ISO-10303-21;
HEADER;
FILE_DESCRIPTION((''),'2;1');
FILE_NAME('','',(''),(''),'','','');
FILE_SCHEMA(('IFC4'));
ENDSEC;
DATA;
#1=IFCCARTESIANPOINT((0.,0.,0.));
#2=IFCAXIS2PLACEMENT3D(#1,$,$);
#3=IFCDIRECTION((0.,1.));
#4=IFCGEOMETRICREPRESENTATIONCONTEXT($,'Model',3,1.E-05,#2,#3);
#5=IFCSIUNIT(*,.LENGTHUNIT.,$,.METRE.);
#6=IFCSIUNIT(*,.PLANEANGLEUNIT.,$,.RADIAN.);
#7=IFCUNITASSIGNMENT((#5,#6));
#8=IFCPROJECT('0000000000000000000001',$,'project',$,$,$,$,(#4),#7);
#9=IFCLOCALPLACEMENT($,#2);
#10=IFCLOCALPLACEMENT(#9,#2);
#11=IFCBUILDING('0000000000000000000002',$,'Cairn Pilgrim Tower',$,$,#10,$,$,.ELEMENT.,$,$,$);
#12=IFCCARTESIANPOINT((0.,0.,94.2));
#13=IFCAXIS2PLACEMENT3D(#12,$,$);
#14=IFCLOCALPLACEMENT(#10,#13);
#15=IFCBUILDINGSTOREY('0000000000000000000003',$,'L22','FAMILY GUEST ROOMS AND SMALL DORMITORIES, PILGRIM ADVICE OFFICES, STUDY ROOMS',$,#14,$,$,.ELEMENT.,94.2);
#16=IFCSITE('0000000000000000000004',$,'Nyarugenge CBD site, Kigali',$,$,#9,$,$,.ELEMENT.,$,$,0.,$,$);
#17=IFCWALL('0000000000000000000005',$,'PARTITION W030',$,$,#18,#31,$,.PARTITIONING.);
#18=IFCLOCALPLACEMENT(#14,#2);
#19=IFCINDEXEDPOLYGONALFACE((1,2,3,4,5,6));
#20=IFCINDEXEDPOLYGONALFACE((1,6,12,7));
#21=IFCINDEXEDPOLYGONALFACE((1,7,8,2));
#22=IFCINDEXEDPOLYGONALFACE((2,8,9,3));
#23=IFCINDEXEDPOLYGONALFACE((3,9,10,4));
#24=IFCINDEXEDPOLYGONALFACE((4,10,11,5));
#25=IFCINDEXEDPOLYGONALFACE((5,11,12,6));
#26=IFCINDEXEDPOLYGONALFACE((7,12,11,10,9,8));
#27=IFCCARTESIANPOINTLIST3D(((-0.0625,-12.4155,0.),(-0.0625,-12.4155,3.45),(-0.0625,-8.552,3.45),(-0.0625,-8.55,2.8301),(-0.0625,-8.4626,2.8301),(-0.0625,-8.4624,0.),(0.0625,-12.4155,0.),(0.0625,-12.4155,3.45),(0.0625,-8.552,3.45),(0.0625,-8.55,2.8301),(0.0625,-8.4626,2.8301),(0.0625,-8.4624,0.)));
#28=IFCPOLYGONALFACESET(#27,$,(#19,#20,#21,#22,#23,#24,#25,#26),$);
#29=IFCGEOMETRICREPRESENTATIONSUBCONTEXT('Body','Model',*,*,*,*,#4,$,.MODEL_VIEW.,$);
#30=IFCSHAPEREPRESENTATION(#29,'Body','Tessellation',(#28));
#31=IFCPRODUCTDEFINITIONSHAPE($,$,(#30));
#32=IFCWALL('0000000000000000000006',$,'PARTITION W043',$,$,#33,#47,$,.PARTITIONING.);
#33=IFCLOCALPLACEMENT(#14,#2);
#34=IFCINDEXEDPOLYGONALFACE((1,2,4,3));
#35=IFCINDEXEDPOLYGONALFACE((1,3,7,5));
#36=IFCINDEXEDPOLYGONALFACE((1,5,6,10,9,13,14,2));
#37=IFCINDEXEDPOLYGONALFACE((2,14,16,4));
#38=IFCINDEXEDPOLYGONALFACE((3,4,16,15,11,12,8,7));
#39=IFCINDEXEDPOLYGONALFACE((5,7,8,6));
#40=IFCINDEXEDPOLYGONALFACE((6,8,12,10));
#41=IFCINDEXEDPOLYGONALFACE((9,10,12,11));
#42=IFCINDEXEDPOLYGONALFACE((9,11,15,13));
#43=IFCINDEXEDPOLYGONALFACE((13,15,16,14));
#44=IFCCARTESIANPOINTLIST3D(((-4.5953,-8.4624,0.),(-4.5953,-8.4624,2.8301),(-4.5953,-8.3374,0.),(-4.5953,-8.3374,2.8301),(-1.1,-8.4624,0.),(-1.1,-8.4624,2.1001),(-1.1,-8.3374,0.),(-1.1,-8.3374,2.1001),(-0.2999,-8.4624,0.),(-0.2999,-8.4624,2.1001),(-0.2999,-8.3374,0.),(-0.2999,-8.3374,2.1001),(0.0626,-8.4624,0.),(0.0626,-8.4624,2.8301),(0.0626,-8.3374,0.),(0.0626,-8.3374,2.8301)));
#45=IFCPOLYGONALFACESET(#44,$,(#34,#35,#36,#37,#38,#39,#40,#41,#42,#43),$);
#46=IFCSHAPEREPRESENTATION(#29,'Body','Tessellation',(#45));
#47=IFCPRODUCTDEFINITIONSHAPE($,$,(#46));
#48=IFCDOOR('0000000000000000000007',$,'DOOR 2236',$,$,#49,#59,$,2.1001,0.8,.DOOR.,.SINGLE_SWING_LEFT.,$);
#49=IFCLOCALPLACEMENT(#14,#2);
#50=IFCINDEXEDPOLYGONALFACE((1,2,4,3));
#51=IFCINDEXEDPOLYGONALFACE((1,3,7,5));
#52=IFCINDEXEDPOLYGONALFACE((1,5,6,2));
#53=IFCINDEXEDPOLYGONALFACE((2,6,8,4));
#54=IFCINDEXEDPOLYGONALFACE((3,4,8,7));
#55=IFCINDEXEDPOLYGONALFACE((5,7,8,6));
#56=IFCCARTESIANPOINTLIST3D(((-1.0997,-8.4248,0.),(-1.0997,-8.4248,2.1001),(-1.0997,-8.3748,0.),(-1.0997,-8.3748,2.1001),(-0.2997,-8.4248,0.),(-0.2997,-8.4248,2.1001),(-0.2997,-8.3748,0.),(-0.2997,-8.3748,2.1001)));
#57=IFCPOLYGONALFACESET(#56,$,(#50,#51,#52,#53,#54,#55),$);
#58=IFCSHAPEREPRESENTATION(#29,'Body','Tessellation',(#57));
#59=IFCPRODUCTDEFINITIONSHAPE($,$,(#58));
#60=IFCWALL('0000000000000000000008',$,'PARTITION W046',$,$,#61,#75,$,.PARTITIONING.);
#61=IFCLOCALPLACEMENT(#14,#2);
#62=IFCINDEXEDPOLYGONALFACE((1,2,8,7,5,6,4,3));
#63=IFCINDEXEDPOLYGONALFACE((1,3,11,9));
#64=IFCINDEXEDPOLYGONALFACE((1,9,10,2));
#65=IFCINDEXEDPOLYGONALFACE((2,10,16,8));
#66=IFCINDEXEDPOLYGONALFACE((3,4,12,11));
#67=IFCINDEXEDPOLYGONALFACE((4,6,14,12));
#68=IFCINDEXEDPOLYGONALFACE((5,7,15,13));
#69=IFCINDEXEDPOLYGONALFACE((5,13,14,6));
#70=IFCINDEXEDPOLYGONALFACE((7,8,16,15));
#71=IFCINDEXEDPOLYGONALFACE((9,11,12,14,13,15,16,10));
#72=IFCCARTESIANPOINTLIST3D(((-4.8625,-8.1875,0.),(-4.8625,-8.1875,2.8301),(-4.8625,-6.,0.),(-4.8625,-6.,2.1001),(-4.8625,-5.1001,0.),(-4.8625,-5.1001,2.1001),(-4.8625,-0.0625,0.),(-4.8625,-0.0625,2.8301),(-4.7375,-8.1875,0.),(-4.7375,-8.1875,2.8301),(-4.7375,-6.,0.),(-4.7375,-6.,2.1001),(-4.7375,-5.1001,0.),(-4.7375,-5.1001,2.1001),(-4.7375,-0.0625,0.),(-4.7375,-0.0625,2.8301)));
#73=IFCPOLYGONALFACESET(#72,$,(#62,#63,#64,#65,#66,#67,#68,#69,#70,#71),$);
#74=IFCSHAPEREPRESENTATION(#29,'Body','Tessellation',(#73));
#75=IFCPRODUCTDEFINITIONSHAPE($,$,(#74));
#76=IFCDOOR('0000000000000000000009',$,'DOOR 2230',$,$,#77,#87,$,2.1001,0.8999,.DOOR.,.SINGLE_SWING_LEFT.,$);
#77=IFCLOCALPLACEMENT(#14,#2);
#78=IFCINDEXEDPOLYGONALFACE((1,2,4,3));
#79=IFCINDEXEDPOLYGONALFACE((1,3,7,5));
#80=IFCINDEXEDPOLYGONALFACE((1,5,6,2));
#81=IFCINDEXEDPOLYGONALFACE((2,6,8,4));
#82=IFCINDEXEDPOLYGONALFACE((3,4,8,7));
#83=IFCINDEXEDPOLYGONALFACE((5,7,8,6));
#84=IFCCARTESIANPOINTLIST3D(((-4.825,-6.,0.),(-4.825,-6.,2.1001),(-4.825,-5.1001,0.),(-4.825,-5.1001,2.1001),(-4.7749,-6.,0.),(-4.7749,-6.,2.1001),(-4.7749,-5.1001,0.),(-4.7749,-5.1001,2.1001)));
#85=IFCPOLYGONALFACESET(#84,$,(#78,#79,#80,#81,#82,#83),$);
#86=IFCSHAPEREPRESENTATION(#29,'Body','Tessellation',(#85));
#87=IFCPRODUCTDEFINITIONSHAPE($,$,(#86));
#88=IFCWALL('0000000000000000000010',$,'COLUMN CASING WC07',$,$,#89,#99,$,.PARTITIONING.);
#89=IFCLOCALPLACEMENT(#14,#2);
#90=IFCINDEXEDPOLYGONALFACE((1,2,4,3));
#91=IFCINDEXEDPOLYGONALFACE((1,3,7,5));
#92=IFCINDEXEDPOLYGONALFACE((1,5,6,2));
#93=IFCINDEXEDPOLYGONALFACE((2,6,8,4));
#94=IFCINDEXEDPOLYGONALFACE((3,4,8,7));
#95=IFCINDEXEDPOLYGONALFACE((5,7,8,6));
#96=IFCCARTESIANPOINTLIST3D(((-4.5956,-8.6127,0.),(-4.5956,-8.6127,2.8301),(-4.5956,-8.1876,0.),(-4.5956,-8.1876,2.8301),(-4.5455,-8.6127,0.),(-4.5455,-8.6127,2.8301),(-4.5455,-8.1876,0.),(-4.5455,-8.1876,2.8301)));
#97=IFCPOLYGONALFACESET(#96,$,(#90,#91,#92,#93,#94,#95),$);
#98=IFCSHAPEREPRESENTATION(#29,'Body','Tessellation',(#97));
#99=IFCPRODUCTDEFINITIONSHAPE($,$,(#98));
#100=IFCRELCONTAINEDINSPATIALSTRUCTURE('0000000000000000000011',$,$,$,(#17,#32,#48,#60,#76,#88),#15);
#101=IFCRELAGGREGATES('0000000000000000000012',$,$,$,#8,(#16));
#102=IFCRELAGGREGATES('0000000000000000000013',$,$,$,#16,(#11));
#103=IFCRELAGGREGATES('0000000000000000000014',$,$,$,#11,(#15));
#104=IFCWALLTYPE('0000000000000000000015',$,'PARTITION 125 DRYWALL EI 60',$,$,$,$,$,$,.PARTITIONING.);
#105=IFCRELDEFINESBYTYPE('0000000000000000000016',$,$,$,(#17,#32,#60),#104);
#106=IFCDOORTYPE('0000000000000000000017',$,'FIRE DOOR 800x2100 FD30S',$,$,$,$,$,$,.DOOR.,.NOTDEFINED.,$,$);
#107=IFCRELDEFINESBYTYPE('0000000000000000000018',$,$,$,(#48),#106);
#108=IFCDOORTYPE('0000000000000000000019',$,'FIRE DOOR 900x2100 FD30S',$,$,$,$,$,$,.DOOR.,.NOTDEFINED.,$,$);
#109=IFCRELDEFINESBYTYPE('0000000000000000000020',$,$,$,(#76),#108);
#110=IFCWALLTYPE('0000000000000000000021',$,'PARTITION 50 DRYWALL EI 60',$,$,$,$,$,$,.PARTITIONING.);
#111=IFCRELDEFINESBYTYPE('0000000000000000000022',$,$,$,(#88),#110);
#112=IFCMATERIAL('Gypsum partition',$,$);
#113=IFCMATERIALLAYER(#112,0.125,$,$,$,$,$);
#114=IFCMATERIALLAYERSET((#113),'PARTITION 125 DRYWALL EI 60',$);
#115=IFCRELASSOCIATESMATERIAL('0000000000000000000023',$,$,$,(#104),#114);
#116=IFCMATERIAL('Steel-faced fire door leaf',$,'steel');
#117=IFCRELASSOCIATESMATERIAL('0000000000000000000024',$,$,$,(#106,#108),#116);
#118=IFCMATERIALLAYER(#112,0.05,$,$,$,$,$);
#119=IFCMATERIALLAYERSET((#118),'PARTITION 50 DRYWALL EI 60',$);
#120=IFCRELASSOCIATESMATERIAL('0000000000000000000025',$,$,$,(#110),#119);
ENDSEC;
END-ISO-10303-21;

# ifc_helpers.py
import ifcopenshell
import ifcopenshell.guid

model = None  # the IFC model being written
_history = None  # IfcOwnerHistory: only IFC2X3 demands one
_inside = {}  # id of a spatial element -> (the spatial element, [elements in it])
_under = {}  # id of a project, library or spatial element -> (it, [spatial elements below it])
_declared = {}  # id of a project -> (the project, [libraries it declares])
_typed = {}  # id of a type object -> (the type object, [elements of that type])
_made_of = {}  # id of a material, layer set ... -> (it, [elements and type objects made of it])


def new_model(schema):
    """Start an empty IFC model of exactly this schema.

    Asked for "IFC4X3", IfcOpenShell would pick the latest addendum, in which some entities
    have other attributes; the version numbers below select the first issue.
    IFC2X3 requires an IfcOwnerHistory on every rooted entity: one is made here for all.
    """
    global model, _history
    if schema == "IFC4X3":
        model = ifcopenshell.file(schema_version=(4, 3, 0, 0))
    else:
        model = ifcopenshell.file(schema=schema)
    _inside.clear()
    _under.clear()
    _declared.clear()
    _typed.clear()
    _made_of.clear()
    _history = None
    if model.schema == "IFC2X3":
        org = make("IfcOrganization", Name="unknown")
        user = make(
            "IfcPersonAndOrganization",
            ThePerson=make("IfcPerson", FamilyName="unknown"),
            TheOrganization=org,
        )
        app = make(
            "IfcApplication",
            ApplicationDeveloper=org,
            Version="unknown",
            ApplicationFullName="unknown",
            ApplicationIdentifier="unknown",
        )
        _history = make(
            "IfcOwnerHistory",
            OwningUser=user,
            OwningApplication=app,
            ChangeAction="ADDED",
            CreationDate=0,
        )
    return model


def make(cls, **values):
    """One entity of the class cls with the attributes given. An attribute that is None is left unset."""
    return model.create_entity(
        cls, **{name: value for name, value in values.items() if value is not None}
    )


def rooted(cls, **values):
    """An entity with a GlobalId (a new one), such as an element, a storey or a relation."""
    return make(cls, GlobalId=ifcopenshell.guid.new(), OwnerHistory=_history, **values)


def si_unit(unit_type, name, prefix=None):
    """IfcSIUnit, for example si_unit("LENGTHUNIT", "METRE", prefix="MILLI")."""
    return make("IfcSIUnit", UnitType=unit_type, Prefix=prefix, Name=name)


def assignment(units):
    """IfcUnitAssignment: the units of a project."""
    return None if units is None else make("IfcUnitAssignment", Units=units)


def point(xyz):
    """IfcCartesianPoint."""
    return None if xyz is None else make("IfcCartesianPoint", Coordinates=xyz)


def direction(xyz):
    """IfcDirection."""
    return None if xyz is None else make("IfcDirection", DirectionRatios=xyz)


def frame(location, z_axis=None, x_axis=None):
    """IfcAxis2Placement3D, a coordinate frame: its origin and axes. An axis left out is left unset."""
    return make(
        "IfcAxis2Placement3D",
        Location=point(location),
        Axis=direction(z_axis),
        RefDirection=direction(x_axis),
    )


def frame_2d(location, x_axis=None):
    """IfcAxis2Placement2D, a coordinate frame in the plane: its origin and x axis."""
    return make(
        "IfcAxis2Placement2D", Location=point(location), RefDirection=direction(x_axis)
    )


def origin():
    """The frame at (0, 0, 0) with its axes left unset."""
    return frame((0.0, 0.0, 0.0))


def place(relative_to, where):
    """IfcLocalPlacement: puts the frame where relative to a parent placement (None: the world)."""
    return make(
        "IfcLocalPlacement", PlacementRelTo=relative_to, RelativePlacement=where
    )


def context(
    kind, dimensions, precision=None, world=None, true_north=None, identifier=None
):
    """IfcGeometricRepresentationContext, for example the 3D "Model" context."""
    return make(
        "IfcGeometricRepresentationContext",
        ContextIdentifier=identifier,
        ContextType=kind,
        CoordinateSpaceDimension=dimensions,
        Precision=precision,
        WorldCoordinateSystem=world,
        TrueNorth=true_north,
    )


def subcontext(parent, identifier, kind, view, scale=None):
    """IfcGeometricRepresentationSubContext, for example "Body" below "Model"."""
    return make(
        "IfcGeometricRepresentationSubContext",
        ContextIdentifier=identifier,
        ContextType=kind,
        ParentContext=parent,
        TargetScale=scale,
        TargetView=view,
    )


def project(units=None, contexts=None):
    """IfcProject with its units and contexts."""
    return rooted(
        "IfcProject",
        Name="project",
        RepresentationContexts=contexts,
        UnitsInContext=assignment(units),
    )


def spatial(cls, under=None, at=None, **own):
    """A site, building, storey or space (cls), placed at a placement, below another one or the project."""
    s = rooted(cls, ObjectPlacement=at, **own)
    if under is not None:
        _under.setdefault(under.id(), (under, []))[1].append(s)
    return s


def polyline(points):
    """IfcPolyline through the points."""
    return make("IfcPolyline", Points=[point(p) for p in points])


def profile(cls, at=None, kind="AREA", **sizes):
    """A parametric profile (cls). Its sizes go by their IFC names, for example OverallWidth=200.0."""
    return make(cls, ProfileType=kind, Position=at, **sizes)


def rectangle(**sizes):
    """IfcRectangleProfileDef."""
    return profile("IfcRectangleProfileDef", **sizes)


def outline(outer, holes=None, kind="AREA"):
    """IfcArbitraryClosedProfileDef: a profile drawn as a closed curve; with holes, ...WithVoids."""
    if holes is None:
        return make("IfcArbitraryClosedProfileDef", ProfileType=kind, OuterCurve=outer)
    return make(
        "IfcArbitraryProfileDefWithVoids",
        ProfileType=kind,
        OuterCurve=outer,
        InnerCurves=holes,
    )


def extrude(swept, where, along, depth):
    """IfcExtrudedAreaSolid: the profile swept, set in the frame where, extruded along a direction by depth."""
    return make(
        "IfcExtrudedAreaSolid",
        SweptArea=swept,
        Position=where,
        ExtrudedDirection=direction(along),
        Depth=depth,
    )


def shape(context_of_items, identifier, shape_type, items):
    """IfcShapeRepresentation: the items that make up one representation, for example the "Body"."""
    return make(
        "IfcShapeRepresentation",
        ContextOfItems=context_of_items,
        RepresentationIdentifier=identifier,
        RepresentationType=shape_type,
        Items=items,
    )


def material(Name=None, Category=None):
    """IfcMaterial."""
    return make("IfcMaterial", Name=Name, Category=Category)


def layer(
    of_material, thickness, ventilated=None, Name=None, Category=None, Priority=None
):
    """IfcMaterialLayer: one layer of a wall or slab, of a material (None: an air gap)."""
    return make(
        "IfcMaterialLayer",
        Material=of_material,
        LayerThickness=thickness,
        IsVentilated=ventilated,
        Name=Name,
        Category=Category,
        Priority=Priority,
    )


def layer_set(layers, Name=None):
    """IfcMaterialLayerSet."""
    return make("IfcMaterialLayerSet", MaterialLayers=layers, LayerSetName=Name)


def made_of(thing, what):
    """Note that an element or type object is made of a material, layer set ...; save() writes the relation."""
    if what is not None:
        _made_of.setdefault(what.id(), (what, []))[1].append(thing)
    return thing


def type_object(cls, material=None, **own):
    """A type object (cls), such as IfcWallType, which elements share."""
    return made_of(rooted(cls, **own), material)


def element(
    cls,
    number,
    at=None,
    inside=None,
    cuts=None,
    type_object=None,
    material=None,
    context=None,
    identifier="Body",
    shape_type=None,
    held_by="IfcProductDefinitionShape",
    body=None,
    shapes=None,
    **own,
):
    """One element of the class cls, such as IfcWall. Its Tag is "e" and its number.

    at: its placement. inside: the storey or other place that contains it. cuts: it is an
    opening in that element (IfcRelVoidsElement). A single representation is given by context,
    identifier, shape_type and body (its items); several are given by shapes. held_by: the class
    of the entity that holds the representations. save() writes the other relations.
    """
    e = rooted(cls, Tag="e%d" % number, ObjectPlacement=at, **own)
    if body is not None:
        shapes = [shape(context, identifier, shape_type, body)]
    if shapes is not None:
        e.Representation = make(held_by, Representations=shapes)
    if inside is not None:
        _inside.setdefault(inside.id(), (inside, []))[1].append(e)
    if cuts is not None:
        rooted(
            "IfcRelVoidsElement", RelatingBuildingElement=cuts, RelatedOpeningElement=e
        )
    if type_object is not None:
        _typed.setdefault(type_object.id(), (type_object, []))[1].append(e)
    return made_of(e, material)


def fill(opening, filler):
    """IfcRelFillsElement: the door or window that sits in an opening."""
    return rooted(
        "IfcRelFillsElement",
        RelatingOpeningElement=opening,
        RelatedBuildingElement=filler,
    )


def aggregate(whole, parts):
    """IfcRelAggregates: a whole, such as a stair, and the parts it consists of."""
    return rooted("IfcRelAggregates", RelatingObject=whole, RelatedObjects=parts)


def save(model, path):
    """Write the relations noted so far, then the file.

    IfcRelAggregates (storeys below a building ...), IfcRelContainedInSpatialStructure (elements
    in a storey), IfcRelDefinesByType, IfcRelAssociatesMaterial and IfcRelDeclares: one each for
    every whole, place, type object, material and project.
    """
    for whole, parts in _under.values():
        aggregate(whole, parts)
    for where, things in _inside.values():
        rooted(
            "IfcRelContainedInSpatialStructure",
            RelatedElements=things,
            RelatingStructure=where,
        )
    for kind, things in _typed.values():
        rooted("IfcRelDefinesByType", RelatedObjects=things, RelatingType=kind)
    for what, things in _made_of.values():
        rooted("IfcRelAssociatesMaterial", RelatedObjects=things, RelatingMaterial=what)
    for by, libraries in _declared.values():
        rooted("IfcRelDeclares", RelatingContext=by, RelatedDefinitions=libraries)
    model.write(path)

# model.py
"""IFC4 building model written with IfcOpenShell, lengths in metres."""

from ifc_helpers import new_model, si_unit, direction, frame, frame_2d, origin, place, context, subcontext, project, spatial, polyline, rectangle, outline, extrude, material, layer, layer_set, type_object, element, fill, save


model = new_model("IFC4")

# Units and contexts
model_context = context("Model", 3, precision=1e-05, world=origin(), true_north=direction((0.0, 1.0)))
body_context = subcontext(model_context, "Body", "Model", "MODEL_VIEW")
ifc_project = project(units=[si_unit("LENGTHUNIT", "METRE"), si_unit("PLANEANGLEUNIT", "RADIAN")], contexts=[model_context])

# Site, building, storey
site_placement = place(None, origin())
site = spatial("IfcSite", under=ifc_project, at=site_placement, Name="Nyarugenge CBD site, Kigali", CompositionType="ELEMENT", RefElevation=0.0)
building_placement = place(site_placement, origin())
building = spatial("IfcBuilding", under=site, at=building_placement, Name="Cairn Pilgrim Tower", CompositionType="ELEMENT")
storey_placement = place(building_placement, frame((0.0, 0.0, 94.2)))
storey = spatial("IfcBuildingStorey", under=building, at=storey_placement, Name="L22", Description="FAMILY GUEST ROOMS AND SMALL DORMITORIES, PILGRIM ADVICE OFFICES, STUDY ROOMS", CompositionType="ELEMENT", Elevation=94.2)

# Wall
ifc_material_1 = material(Name="Gypsum partition")
ifc_layer_1 = layer(ifc_material_1, 0.125)
ifc_layer_set_1 = layer_set([ifc_layer_1], Name="PARTITION 125 DRYWALL EI 60")
wall_type_1 = type_object("IfcWallType", Name="PARTITION 125 DRYWALL EI 60", PredefinedType="PARTITIONING", material=ifc_layer_set_1)
wall_1_placement = place(storey_placement, frame((0.0, -12.4155, 0.0), z_axis=(0.0, 0.0, 1.0), x_axis=(0.0, 1.0, 0.0)))
element("IfcWall", 1, at=wall_1_placement, inside=storey, type_object=wall_type_1, Name="PARTITION W030", PredefinedType="PARTITIONING", context=body_context, shape_type="SweptSolid", body=[
    extrude(outline(polyline([(0.0, 0.0), (3.9531, 0.0), (3.9529, 2.8301), (3.8655, 2.8301), (3.8635, 3.45), (0.0, 3.45), (0.0, 0.0)])), frame((0.0, 0.0625, 0.0), z_axis=(0.0, -1.0, 0.0), x_axis=(1.0, 0.0, 0.0)), (0.0, 0.0, 1.0), 0.125),
])

# Walls, openings, doors
wall_2_placement = place(storey_placement, frame((-4.5955, -8.3999, 0.0), z_axis=(0.0, 0.0, 1.0), x_axis=(1.0, 0.0, 0.0)))
wall_2 = element("IfcWall", 2, at=wall_2_placement, inside=storey, type_object=wall_type_1, Name="PARTITION W043", PredefinedType="PARTITIONING", context=body_context, shape_type="SweptSolid", body=[
    extrude(rectangle(XDim=4.658, YDim=0.125, at=frame_2d((2.3291, 0.0))), origin(), (0.0, 0.0, 1.0), 2.8301),
])
opening_1_placement = place(wall_2_placement, frame((3.4956, 0.0, 0.0)))
opening_1 = element("IfcOpeningElement", 3, at=opening_1_placement, cuts=wall_2, PredefinedType="OPENING", context=body_context, shape_type="SweptSolid", body=[
    extrude(rectangle(XDim=0.8, YDim=2.1001, at=frame_2d((0.3999, 1.05))), frame((0.0, 0.0725, 0.0), z_axis=(0.0, -1.0, 0.0), x_axis=(1.0, 0.0, 0.0)), (0.0, 0.0, 1.0), 0.145),
])
ifc_material_2 = material(Name="Steel-faced fire door leaf", Category="steel")
door_type_1 = type_object("IfcDoorType", Name="FIRE DOOR 800x2100 FD30S", OperationType="NOTDEFINED", PredefinedType="DOOR", material=ifc_material_2)
door_1_placement = place(opening_1_placement, frame((0.8, 0.0, 0.0), z_axis=(0.0, 0.0, 1.0), x_axis=(-1.0, 0.0, 0.0)))
door_1 = element("IfcDoor", 4, at=door_1_placement, inside=storey, type_object=door_type_1, Name="DOOR 2236", OperationType="SINGLE_SWING_LEFT", OverallHeight=2.1001, OverallWidth=0.8, PredefinedType="DOOR", context=body_context, shape_type="SweptSolid", body=[
    extrude(rectangle(XDim=0.8, YDim=2.1001, at=frame_2d((0.3999, 1.05))), frame((0.0, 0.0249, 0.0), z_axis=(0.0, -1.0, 0.0), x_axis=(1.0, 0.0, 0.0)), (0.0, 0.0, 1.0), 0.05),
])
fill(opening_1, door_1)
wall_3_placement = place(storey_placement, frame((-4.8, -8.1875, 0.0), z_axis=(0.0, 0.0, 1.0), x_axis=(0.0, 1.0, 0.0)))
wall_3 = element("IfcWall", 5, at=wall_3_placement, inside=storey, type_object=wall_type_1, Name="PARTITION W046", PredefinedType="PARTITIONING", context=body_context, shape_type="SweptSolid", body=[
    extrude(rectangle(XDim=8.125, YDim=0.125, at=frame_2d((4.0625, 0.0))), origin(), (0.0, 0.0, 1.0), 2.8301),
])
opening_2_placement = place(wall_3_placement, frame((2.1875, 0.0, 0.0)))
opening_2 = element("IfcOpeningElement", 6, at=opening_2_placement, cuts=wall_3, PredefinedType="OPENING", context=body_context, shape_type="SweptSolid", body=[
    extrude(rectangle(XDim=0.8999, YDim=2.1001, at=frame_2d((0.45, 1.05))), frame((0.0, 0.0725, 0.0), z_axis=(0.0, -1.0, 0.0), x_axis=(1.0, 0.0, 0.0)), (0.0, 0.0, 1.0), 0.145),
])
door_type_2 = type_object("IfcDoorType", Name="FIRE DOOR 900x2100 FD30S", OperationType="NOTDEFINED", PredefinedType="DOOR", material=ifc_material_2)
door_2_placement = place(opening_2_placement, origin())
door_2 = element("IfcDoor", 7, at=door_2_placement, inside=storey, type_object=door_type_2, Name="DOOR 2230", OperationType="SINGLE_SWING_LEFT", OverallHeight=2.1001, OverallWidth=0.8999, PredefinedType="DOOR", context=body_context, shape_type="SweptSolid", body=[
    extrude(rectangle(XDim=0.8999, YDim=2.1001, at=frame_2d((0.45, 1.05))), frame((0.0, 0.0249, 0.0), z_axis=(0.0, -1.0, 0.0), x_axis=(1.0, 0.0, 0.0)), (0.0, 0.0, 1.0), 0.05),
])
fill(opening_2, door_2)

# Wall
ifc_layer_2 = layer(ifc_material_1, 0.05)
ifc_layer_set_2 = layer_set([ifc_layer_2], Name="PARTITION 50 DRYWALL EI 60")
wall_type_2 = type_object("IfcWallType", Name="PARTITION 50 DRYWALL EI 60", PredefinedType="PARTITIONING", material=ifc_layer_set_2)
wall_4_placement = place(storey_placement, frame((-4.5706, -8.6125, 0.0), z_axis=(0.0, 0.0, 1.0), x_axis=(0.0, 1.0, 0.0)))
element("IfcWall", 8, at=wall_4_placement, inside=storey, type_object=wall_type_2, Name="COLUMN CASING WC07", PredefinedType="PARTITIONING", context=body_context, shape_type="SweptSolid", body=[
    extrude(rectangle(XDim=0.425, YDim=0.05, at=frame_2d((0.2124, 0.0))), origin(), (0.0, 0.0, 1.0), 2.8301),
])

save(model, "model.ifc")
